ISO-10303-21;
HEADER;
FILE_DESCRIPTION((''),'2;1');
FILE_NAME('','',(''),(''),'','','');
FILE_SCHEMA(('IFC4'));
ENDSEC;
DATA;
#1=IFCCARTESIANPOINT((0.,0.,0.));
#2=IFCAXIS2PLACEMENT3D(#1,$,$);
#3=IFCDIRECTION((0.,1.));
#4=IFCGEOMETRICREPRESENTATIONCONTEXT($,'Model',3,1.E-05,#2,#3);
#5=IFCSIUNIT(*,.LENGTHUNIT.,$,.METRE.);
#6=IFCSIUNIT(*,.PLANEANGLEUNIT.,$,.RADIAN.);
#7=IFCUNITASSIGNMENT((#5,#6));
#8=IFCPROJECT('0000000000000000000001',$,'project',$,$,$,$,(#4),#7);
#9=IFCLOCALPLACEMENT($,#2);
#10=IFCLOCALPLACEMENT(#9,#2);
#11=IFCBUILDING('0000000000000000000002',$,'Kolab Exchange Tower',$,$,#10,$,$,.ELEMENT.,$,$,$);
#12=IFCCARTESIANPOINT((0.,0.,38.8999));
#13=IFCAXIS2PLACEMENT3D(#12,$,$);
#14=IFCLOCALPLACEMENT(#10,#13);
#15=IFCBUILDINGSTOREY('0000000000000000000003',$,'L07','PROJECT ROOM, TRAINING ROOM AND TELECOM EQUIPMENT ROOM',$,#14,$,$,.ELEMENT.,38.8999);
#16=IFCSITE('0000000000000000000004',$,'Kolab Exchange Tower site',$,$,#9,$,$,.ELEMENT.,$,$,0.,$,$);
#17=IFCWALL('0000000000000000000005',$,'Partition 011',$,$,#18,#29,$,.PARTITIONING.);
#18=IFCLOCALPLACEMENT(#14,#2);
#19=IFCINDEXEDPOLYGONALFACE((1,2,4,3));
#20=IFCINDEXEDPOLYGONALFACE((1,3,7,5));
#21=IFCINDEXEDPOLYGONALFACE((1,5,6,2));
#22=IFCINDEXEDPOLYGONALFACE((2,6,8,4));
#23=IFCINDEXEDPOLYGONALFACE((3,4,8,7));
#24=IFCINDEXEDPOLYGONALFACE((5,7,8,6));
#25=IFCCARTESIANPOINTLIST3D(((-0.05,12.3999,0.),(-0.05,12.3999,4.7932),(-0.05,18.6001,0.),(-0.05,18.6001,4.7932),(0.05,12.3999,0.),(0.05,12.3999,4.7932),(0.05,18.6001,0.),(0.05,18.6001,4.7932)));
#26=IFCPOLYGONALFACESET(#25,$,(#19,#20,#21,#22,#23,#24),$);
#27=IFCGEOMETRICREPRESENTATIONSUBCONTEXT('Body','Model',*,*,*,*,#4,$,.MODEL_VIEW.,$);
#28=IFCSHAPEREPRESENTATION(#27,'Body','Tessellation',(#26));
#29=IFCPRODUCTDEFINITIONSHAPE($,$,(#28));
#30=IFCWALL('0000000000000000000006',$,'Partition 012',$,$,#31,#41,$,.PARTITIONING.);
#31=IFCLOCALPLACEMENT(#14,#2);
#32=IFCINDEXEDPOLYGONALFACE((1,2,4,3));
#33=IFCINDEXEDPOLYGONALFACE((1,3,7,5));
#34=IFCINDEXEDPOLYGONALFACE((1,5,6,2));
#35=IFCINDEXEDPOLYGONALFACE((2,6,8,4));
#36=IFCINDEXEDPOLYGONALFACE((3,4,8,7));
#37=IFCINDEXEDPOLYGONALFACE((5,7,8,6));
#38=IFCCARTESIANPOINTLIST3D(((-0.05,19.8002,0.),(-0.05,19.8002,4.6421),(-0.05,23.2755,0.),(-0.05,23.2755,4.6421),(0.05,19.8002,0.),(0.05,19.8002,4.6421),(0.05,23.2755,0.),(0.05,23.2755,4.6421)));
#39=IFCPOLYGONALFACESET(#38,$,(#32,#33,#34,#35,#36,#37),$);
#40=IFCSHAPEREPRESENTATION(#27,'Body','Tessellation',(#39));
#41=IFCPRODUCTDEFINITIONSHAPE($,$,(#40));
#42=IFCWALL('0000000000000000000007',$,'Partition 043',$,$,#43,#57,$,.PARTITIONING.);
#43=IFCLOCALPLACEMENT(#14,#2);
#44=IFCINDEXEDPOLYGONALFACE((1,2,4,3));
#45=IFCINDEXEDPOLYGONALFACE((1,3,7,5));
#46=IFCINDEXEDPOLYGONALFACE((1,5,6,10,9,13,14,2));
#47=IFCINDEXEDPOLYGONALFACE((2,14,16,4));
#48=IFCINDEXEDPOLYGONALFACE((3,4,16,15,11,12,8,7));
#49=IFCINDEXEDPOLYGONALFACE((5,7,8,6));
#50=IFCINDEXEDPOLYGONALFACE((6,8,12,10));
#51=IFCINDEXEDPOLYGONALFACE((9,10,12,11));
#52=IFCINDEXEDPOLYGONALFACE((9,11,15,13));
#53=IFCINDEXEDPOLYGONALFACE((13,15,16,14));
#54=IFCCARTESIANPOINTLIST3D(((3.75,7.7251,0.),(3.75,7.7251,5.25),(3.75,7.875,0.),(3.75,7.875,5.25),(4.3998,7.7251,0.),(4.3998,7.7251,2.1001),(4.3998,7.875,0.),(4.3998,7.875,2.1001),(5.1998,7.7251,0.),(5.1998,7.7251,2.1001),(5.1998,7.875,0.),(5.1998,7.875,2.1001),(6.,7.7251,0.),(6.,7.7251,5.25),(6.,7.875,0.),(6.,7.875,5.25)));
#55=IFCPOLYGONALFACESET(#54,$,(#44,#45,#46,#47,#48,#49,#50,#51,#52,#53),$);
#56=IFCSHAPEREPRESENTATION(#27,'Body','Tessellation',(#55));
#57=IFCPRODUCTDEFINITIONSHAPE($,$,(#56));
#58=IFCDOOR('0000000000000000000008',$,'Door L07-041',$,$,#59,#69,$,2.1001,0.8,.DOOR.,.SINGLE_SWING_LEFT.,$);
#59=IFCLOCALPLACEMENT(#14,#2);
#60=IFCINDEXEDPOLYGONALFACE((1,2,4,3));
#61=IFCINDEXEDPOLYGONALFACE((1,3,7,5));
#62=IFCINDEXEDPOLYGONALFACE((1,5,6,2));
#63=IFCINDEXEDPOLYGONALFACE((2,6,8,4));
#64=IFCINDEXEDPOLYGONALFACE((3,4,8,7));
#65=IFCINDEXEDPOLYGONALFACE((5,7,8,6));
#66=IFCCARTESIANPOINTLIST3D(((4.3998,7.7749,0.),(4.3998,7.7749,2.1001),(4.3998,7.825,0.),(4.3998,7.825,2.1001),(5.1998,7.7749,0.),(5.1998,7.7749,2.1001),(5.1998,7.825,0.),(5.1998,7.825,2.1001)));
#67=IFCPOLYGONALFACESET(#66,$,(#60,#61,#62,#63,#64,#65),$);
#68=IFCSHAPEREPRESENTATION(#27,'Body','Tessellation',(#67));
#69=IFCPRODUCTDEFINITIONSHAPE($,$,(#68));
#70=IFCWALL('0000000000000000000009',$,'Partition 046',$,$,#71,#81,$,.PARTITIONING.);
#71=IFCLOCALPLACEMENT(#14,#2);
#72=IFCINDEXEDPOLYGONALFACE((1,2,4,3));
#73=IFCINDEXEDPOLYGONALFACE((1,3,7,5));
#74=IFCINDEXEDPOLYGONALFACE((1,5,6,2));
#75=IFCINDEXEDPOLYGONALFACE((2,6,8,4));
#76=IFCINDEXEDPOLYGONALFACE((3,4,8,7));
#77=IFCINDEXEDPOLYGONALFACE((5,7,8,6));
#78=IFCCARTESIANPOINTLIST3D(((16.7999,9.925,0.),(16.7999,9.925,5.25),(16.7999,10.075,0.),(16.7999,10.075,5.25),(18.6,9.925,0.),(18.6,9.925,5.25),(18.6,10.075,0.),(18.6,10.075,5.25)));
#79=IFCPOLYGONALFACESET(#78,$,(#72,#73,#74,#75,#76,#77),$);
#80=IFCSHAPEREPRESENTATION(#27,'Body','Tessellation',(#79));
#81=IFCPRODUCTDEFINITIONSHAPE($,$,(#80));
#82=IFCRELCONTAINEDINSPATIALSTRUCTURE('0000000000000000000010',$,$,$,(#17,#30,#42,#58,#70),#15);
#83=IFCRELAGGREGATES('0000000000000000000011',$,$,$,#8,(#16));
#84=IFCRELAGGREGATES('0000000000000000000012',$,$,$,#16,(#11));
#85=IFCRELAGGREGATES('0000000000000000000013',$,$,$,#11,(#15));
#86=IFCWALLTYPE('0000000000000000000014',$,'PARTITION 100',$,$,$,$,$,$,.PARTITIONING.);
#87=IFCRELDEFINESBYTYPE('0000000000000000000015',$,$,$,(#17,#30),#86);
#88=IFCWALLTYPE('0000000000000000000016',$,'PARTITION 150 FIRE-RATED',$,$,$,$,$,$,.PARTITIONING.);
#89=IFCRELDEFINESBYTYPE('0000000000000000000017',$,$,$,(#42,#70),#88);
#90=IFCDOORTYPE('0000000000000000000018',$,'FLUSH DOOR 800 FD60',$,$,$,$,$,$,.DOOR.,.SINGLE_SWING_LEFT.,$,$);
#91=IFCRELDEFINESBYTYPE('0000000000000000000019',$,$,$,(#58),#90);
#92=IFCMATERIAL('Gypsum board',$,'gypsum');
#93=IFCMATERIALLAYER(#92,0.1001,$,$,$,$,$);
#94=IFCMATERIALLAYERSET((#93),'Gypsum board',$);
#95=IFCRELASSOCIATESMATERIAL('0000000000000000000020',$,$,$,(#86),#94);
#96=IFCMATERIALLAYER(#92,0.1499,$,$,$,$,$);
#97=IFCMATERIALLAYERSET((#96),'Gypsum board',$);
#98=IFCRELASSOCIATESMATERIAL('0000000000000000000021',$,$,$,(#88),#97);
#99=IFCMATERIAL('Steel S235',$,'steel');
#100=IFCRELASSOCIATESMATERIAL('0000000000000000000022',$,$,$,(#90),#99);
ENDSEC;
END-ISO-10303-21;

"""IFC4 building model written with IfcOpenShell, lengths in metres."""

from ifc_helpers import new_model, si_unit, direction, frame, frame_2d, origin, place, context, subcontext, project, spatial, rectangle, extrude, material, layer, layer_set, type_object, element, fill, save


model = new_model("IFC4")

# Units and contexts
model_context = context("Model", 3, precision=1e-05, world=origin(), true_north=direction((0.0, 1.0)))
body_context = subcontext(model_context, "Body", "Model", "MODEL_VIEW")
ifc_project = project(units=[si_unit("LENGTHUNIT", "METRE"), si_unit("PLANEANGLEUNIT", "RADIAN")], contexts=[model_context])

# Site, building, storey
site_placement = place(None, origin())
site = spatial("IfcSite", under=ifc_project, at=site_placement, Name="Kolab Exchange Tower site", CompositionType="ELEMENT", RefElevation=0.0)
building_placement = place(site_placement, origin())
building = spatial("IfcBuilding", under=site, at=building_placement, Name="Kolab Exchange Tower", CompositionType="ELEMENT")
storey_placement = place(building_placement, frame((0.0, 0.0, 38.8999)))
storey = spatial("IfcBuildingStorey", under=building, at=storey_placement, Name="L07", Description="PROJECT ROOM, TRAINING ROOM AND TELECOM EQUIPMENT ROOM", CompositionType="ELEMENT", Elevation=38.8999)

# Shared definitions
ifc_material_1 = material(Name="Steel S235", Category="steel")

# Walls
ifc_material_2 = material(Name="Gypsum board", Category="gypsum")
ifc_layer_1 = layer(ifc_material_2, 0.1001)
ifc_layer_set_1 = layer_set([ifc_layer_1], Name="Gypsum board")
wall_type_1 = type_object("IfcWallType", Name="PARTITION 100", PredefinedType="PARTITIONING", material=ifc_layer_set_1)
wall_1_placement = place(storey_placement, frame((0.0, 12.3999, 0.0), z_axis=(0.0, 0.0, 1.0), x_axis=(0.0, 1.0, 0.0)))
element("IfcWall", 1, at=wall_1_placement, inside=storey, type_object=wall_type_1, Name="Partition 011", PredefinedType="PARTITIONING", context=body_context, shape_type="SweptSolid", body=[
    extrude(rectangle(XDim=6.2002, YDim=0.1001, at=frame_2d((3.1001, 0.0))), origin(), (0.0, 0.0, 1.0), 4.7932),
])
wall_2_placement = place(storey_placement, frame((0.0, 19.8, 0.0), z_axis=(0.0, 0.0, 1.0), x_axis=(0.0, 1.0, 0.0)))
element("IfcWall", 2, at=wall_2_placement, inside=storey, type_object=wall_type_1, Name="Partition 012", PredefinedType="PARTITIONING", context=body_context, shape_type="SweptSolid", body=[
    extrude(rectangle(XDim=3.4753, YDim=0.1001, at=frame_2d((1.7378, 0.0))), origin(), (0.0, 0.0, 1.0), 4.6421),
])

# Wall, opening, door
ifc_layer_2 = layer(ifc_material_2, 0.1499)
ifc_layer_set_2 = layer_set([ifc_layer_2], Name="Gypsum board")
wall_type_2 = type_object("IfcWallType", Name="PARTITION 150 FIRE-RATED", PredefinedType="PARTITIONING", material=ifc_layer_set_2)
wall_3_placement = place(storey_placement, frame((3.75, 7.8, 0.0), z_axis=(0.0, 0.0, 1.0), x_axis=(1.0, 0.0, 0.0)))
wall_3 = element("IfcWall", 3, at=wall_3_placement, inside=storey, type_object=wall_type_2, Name="Partition 043", PredefinedType="PARTITIONING", context=body_context, shape_type="SweptSolid", body=[
    extrude(rectangle(XDim=2.25, YDim=0.1499, at=frame_2d((1.125, 0.0))), origin(), (0.0, 0.0, 1.0), 5.25),
])
opening_1_placement = place(wall_3_placement, frame((0.6499, 0.0, 0.0)))
opening_1 = element("IfcOpeningElement", 4, at=opening_1_placement, cuts=wall_3, PredefinedType="OPENING", context=body_context, shape_type="SweptSolid", body=[
    extrude(rectangle(XDim=0.8, YDim=2.1001, at=frame_2d((0.3999, 1.05))), frame((0.0, 0.085, 0.0), z_axis=(0.0, -1.0, 0.0), x_axis=(1.0, 0.0, 0.0)), (0.0, 0.0, 1.0), 0.1699),
])
door_type_1 = type_object("IfcDoorType", Name="FLUSH DOOR 800 FD60", OperationType="SINGLE_SWING_LEFT", PredefinedType="DOOR", material=ifc_material_1)
door_1_placement = place(opening_1_placement, origin())
door_1 = element("IfcDoor", 5, at=door_1_placement, inside=storey, type_object=door_type_1, Name="Door L07-041", OperationType="SINGLE_SWING_LEFT", OverallHeight=2.1001, OverallWidth=0.8, PredefinedType="DOOR", context=body_context, shape_type="SweptSolid", body=[
    extrude(rectangle(XDim=0.8, YDim=2.1001, at=frame_2d((0.3999, 1.05))), frame((0.0, 0.0249, 0.0), z_axis=(0.0, -1.0, 0.0), x_axis=(1.0, 0.0, 0.0)), (0.0, 0.0, 1.0), 0.05),
])
fill(opening_1, door_1)

# Wall
wall_4_placement = place(storey_placement, frame((16.8, 10.0, 0.0), z_axis=(0.0, 0.0, 1.0), x_axis=(1.0, 0.0, 0.0)))
element("IfcWall", 6, at=wall_4_placement, inside=storey, type_object=wall_type_2, Name="Partition 046", PredefinedType="PARTITIONING", context=body_context, shape_type="SweptSolid", body=[
    extrude(rectangle(XDim=1.8, YDim=0.1499, at=frame_2d((0.8999, 0.0))), origin(), (0.0, 0.0, 1.0), 5.25),
])

save(model, "model.ifc")
